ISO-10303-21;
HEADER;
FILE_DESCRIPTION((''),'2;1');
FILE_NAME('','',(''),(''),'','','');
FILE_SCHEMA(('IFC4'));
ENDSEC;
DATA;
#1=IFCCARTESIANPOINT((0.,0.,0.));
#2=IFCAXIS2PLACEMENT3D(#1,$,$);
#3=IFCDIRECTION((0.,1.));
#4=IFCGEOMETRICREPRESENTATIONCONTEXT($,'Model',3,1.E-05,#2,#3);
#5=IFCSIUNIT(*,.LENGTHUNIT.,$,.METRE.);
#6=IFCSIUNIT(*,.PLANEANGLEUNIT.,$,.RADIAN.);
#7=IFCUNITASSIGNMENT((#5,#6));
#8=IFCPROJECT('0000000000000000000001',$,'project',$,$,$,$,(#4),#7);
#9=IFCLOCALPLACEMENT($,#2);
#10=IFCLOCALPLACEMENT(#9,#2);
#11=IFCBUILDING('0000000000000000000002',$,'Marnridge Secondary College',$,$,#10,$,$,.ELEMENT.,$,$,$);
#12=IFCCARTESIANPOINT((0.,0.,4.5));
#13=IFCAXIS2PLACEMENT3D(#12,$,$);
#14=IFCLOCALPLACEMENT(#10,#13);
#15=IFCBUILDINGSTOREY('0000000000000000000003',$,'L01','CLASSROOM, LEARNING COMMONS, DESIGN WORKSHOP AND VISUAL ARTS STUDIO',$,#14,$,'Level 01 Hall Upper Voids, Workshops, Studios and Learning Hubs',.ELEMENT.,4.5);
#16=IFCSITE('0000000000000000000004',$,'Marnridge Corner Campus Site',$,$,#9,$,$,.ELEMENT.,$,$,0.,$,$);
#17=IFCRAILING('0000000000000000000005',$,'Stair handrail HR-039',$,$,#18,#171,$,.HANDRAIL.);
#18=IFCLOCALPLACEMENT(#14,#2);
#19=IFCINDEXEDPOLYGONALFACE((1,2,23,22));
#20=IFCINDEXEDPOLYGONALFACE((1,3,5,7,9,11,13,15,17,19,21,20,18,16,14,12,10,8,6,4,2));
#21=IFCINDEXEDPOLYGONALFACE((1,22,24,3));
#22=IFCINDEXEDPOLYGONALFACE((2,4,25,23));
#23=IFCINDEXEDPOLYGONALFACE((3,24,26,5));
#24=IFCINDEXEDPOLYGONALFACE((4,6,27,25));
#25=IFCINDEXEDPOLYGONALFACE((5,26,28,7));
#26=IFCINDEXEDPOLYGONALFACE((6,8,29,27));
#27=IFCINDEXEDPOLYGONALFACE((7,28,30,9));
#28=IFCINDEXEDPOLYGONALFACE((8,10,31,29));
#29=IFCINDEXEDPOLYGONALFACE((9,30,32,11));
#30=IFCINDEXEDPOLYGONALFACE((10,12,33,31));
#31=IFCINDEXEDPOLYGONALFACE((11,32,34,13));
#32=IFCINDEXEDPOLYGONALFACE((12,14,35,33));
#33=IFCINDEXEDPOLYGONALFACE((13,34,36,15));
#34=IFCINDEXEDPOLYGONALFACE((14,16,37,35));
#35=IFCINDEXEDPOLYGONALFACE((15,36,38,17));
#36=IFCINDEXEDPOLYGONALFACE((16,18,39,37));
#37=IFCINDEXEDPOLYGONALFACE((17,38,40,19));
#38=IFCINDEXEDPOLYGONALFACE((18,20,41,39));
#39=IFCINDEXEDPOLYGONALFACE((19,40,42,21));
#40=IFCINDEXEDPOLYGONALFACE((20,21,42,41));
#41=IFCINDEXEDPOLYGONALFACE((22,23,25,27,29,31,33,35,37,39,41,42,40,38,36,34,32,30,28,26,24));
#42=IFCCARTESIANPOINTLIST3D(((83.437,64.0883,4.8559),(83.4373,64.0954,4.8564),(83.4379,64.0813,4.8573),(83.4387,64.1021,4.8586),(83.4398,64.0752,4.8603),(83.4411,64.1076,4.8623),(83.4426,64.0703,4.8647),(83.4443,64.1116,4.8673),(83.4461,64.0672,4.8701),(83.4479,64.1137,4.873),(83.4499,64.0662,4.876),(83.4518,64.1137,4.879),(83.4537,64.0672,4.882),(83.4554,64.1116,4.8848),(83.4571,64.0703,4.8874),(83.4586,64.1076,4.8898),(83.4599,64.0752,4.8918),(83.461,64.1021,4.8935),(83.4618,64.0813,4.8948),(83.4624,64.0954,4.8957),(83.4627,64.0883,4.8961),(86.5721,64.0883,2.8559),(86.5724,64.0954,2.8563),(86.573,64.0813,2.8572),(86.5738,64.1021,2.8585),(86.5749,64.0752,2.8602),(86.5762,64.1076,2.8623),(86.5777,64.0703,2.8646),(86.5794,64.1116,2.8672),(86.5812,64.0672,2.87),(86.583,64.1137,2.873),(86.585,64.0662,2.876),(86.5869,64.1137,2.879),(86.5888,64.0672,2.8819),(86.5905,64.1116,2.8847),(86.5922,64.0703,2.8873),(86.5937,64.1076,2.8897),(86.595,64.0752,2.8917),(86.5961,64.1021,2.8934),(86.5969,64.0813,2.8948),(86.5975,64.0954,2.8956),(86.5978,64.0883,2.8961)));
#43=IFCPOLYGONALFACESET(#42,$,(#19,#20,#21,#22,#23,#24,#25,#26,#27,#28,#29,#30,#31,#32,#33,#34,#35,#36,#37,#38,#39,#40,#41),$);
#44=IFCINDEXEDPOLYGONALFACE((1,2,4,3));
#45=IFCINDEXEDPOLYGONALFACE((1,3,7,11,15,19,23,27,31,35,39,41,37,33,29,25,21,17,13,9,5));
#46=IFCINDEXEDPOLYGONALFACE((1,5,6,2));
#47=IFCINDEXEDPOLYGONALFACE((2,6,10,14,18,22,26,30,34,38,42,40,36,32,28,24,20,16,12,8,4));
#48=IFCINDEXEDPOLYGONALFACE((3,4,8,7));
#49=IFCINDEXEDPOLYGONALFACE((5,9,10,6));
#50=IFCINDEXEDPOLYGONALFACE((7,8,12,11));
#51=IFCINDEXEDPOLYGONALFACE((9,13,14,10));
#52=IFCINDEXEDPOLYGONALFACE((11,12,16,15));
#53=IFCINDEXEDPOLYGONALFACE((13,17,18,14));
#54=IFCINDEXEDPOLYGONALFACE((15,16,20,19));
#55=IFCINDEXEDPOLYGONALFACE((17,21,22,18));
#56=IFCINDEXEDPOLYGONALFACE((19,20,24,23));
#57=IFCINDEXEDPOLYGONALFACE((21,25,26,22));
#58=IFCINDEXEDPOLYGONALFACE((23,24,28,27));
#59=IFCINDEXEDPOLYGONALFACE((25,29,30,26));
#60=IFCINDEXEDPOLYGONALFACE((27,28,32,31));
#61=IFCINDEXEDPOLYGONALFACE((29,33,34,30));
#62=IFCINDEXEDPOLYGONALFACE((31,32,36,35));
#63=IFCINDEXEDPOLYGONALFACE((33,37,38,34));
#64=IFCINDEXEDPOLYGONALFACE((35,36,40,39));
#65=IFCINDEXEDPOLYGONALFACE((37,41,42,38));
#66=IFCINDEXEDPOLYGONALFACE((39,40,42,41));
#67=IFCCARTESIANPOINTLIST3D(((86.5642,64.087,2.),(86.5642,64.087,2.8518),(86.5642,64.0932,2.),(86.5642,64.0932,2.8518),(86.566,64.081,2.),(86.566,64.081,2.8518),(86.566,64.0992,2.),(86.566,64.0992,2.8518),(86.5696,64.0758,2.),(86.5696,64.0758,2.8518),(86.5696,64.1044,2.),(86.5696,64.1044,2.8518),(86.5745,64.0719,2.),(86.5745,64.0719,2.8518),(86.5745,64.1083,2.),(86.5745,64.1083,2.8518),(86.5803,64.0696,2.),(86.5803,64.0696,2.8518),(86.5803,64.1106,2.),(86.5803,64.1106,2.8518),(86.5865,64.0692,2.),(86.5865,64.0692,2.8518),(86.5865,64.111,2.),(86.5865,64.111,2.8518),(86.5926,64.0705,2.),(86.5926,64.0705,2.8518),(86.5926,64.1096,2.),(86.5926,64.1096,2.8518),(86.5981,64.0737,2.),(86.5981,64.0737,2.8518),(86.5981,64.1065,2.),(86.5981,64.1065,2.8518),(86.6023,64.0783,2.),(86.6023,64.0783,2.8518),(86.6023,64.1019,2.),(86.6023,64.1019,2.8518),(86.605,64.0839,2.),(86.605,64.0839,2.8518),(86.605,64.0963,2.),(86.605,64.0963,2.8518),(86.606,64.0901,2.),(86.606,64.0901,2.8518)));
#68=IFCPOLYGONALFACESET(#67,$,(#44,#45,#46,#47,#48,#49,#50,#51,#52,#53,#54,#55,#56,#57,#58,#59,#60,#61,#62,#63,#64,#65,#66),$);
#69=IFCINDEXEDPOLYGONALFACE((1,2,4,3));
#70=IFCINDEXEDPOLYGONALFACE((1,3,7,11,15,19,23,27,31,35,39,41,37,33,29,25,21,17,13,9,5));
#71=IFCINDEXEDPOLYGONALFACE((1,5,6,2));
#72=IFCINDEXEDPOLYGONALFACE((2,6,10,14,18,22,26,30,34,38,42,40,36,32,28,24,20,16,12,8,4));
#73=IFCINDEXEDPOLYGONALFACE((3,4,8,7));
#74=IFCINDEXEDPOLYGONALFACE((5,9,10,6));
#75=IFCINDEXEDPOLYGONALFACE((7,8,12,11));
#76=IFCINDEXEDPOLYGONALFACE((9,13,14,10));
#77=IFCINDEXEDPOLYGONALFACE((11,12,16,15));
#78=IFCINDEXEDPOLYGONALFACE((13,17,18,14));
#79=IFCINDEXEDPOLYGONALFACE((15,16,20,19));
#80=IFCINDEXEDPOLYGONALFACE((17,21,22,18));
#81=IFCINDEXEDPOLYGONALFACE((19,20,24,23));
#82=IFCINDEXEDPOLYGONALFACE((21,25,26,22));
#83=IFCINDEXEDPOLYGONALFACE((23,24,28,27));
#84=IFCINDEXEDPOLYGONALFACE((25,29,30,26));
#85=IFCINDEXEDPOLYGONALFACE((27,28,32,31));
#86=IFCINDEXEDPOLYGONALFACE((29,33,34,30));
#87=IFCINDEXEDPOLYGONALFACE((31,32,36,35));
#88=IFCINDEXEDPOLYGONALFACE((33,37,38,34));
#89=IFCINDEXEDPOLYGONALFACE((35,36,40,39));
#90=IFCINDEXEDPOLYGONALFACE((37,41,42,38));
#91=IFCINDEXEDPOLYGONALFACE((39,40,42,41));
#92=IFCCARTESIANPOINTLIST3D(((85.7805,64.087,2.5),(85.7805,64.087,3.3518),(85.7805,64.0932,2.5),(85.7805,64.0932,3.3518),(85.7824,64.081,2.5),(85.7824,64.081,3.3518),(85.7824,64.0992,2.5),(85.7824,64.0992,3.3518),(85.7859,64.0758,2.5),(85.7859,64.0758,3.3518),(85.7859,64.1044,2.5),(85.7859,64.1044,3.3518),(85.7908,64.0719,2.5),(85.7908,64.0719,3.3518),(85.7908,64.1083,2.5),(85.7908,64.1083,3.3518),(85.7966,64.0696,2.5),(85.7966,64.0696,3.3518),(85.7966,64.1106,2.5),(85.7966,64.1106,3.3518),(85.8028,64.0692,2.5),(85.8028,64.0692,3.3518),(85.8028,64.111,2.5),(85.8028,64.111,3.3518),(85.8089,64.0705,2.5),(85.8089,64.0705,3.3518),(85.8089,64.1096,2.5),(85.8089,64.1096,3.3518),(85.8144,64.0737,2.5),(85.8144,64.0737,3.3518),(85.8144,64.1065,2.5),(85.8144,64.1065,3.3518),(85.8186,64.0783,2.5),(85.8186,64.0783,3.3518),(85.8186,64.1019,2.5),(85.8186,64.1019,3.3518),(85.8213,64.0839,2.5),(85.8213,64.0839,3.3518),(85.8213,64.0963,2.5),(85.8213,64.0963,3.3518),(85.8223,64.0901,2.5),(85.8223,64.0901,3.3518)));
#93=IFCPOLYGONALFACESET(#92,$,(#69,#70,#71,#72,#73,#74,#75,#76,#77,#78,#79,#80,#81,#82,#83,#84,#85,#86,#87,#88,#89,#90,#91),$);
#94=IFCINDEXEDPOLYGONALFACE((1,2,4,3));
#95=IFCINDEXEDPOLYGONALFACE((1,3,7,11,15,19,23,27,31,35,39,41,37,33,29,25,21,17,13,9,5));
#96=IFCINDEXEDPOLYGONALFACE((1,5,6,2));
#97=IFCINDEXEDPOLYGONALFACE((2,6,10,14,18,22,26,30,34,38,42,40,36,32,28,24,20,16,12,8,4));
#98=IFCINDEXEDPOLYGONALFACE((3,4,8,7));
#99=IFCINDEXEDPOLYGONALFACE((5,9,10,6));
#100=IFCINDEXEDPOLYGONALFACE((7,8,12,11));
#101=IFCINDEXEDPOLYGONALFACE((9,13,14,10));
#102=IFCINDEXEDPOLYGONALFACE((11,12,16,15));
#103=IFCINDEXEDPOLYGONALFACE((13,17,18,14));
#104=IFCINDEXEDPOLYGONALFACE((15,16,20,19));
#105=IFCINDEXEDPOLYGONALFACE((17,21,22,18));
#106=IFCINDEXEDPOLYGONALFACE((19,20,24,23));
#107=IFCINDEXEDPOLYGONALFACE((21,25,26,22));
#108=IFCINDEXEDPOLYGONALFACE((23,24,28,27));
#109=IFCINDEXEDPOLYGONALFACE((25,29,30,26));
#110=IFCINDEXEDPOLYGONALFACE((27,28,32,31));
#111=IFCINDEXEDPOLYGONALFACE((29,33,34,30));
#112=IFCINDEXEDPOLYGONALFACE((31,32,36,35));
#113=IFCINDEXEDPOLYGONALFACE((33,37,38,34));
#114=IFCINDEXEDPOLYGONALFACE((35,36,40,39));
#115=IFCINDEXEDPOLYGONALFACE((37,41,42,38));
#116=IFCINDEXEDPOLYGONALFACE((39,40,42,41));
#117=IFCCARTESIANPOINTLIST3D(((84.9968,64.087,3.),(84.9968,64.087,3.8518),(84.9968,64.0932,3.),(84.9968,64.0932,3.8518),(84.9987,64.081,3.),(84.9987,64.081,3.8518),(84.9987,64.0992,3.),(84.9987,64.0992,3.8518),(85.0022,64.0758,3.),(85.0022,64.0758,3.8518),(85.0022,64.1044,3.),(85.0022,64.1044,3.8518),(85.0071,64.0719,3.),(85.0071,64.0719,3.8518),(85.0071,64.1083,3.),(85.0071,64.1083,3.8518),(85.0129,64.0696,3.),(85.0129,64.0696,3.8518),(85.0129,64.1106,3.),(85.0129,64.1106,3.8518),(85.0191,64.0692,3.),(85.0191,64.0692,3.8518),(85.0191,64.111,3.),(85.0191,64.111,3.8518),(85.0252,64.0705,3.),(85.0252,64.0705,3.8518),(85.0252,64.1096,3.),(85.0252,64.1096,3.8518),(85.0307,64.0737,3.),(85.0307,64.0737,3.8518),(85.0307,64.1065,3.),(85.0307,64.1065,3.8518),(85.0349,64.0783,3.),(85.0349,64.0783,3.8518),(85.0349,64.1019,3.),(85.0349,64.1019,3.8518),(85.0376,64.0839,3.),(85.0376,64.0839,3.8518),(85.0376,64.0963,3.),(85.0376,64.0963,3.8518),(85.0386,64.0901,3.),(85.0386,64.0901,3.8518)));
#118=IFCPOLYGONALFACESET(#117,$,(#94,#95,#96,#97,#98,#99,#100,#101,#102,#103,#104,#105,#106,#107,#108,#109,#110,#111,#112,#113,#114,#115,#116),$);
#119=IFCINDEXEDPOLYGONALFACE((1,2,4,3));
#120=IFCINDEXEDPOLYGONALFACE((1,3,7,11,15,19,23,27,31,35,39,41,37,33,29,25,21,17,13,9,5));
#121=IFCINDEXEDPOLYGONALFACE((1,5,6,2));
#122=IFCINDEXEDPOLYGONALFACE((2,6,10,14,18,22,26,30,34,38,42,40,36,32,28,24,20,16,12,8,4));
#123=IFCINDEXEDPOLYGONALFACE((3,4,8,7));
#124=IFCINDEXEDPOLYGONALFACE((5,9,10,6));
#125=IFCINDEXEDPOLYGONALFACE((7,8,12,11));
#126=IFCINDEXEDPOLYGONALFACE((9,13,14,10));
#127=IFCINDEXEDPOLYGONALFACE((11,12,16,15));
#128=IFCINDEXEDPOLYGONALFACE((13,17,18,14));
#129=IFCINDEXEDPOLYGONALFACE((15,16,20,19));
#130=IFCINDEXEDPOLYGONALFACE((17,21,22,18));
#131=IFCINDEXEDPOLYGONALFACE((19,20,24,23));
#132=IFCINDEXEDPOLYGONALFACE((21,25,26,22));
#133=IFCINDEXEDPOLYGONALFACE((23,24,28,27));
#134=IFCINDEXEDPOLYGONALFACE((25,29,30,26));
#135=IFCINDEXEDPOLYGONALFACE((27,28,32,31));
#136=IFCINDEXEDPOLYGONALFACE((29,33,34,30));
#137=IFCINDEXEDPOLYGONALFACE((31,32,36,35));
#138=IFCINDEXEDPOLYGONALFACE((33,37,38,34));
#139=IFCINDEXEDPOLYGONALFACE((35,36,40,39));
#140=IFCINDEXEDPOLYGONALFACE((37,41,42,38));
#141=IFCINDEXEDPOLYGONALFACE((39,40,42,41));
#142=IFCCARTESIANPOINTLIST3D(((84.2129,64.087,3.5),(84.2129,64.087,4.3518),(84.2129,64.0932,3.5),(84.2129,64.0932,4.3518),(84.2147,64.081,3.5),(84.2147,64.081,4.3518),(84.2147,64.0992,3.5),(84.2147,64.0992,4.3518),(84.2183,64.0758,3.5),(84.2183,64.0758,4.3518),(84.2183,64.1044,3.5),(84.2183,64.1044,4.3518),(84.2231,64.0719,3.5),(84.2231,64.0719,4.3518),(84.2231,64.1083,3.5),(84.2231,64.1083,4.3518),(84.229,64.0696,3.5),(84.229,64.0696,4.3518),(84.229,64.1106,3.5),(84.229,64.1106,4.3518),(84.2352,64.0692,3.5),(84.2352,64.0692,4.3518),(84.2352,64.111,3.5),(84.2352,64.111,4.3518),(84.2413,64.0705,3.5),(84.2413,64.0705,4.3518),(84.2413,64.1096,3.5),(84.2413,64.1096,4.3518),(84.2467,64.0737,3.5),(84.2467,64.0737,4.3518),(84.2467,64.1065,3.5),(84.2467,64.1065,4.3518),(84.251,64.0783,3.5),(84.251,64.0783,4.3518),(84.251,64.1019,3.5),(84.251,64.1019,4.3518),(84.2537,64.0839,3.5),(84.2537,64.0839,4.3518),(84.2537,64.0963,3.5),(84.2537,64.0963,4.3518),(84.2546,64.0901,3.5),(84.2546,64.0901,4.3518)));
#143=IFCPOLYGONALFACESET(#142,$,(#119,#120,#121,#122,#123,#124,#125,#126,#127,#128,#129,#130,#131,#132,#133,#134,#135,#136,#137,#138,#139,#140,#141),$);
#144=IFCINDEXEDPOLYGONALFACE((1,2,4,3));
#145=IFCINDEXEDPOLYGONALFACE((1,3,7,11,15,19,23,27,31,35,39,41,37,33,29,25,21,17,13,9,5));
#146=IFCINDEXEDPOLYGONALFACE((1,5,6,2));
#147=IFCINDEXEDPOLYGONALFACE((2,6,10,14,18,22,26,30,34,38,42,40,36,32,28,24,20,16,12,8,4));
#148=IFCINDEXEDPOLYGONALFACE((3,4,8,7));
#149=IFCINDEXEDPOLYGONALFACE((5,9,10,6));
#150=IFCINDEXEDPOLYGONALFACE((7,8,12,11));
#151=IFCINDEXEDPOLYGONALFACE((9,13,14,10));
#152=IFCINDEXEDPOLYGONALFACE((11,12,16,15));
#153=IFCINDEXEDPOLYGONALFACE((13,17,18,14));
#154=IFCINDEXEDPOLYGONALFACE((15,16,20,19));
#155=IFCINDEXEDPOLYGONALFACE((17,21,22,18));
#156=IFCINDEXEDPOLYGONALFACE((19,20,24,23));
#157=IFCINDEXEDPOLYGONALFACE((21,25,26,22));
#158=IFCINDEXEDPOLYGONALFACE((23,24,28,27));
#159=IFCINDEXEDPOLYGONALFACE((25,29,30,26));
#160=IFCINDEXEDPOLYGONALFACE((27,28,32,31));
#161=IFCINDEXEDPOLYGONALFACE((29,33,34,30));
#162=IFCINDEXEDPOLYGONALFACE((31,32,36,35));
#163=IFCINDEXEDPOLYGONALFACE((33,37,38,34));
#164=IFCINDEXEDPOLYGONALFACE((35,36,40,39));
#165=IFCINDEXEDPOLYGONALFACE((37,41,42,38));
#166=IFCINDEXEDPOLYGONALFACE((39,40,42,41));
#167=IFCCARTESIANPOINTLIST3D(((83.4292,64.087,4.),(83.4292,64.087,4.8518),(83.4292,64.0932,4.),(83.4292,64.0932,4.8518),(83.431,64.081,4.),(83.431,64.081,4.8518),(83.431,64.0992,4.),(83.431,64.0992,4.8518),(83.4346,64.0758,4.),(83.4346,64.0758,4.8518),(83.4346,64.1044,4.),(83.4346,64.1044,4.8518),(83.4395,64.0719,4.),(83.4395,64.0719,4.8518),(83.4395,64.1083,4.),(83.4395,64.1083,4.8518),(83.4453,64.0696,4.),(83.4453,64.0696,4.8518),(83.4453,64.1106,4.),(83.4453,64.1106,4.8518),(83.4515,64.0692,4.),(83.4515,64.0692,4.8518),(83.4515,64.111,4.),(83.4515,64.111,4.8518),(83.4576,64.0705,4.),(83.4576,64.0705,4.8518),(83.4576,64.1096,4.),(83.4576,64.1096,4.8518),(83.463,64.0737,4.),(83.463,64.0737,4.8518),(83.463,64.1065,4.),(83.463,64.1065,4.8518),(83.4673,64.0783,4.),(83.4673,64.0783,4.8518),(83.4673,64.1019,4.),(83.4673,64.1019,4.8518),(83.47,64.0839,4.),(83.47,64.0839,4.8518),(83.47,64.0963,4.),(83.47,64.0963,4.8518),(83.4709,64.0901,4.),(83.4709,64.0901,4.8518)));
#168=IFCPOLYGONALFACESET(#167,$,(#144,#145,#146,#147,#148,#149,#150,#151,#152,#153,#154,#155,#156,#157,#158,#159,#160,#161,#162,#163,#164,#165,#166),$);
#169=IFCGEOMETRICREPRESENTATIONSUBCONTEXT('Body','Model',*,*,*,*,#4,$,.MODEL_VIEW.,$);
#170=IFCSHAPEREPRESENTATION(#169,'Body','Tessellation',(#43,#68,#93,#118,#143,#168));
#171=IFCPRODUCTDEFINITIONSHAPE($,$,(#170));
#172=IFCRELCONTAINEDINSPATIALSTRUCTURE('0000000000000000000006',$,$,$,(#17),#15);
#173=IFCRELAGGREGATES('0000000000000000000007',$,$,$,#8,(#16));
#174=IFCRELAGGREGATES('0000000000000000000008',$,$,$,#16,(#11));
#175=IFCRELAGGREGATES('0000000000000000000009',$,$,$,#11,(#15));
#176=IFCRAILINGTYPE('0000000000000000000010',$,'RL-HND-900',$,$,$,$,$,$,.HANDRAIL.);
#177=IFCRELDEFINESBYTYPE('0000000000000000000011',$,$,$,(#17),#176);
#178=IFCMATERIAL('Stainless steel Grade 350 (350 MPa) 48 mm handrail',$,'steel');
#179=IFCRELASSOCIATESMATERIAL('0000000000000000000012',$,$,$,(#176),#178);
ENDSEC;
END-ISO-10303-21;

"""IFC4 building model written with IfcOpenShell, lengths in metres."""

from ifc_helpers import new_model, si_unit, direction, frame, origin, origin_2d, place, context, subcontext, project, spatial, circle, extrude, material, type_object, element, save


model = new_model("IFC4")

# Units and contexts
model_context = context("Model", 3, precision=1e-05, world=origin(), true_north=direction((0.0, 1.0)))
body_context = subcontext(model_context, "Body", "Model", "MODEL_VIEW")
ifc_project = project(units=[si_unit("LENGTHUNIT", "METRE"), si_unit("PLANEANGLEUNIT", "RADIAN")], contexts=[model_context])

# Site, building, storey
site_placement = place(None, origin())
site = spatial("IfcSite", under=ifc_project, at=site_placement, Name="Marnridge Corner Campus Site", CompositionType="ELEMENT", RefElevation=0.0)
building_placement = place(site_placement, origin())
building = spatial("IfcBuilding", under=site, at=building_placement, Name="Marnridge Secondary College", CompositionType="ELEMENT")
storey_placement = place(building_placement, frame((0.0, 0.0, 4.5)))
storey = spatial("IfcBuildingStorey", under=building, at=storey_placement, Name="L01", Description="CLASSROOM, LEARNING COMMONS, DESIGN WORKSHOP AND VISUAL ARTS STUDIO", LongName="Level 01 Hall Upper Voids, Workshops, Studios and Learning Hubs", CompositionType="ELEMENT", Elevation=4.5)

# Railing
ifc_material_1 = material(Name="Stainless steel Grade 350 (350 MPa) 48 mm handrail", Category="steel")
railing_type_1 = type_object("IfcRailingType", Name="RL-HND-900", PredefinedType="HANDRAIL", material=ifc_material_1)
for number, where, name in (
    (1, (86.585, 64.0901, 2.0), "Stair handrail HR-039"),
):
    element("IfcRailing", number, at=place(storey_placement, frame(where)), inside=storey, type_object=railing_type_1, Name=name, PredefinedType="HANDRAIL", context=body_context, shape_type="SweptSolid", body=[
        extrude(circle(Radius=0.0239, at=origin_2d()), frame((0.0, 0.0, 0.876), z_axis=(-0.843053, 0.0, 0.537831), x_axis=(0.0, -1.0, 0.0)), (0.0, 0.0, 1.0), 3.7188),
        extrude(circle(Radius=0.021, at=origin_2d()), origin(), (0.0, 0.0, 1.0), 0.8518),
        extrude(circle(Radius=0.021, at=origin_2d()), frame((-0.7837, 0.0, 0.5)), (0.0, 0.0, 1.0), 0.8518),
        extrude(circle(Radius=0.021, at=origin_2d()), frame((-1.5674, 0.0, 1.0)), (0.0, 0.0, 1.0), 0.8518),
        extrude(circle(Radius=0.021, at=origin_2d()), frame((-2.3513, 0.0, 1.5)), (0.0, 0.0, 1.0), 0.8518),
        extrude(circle(Radius=0.021, at=origin_2d()), frame((-3.135, 0.0, 2.0)), (0.0, 0.0, 1.0), 0.8518),
    ])

save(model, "model.ifc")
